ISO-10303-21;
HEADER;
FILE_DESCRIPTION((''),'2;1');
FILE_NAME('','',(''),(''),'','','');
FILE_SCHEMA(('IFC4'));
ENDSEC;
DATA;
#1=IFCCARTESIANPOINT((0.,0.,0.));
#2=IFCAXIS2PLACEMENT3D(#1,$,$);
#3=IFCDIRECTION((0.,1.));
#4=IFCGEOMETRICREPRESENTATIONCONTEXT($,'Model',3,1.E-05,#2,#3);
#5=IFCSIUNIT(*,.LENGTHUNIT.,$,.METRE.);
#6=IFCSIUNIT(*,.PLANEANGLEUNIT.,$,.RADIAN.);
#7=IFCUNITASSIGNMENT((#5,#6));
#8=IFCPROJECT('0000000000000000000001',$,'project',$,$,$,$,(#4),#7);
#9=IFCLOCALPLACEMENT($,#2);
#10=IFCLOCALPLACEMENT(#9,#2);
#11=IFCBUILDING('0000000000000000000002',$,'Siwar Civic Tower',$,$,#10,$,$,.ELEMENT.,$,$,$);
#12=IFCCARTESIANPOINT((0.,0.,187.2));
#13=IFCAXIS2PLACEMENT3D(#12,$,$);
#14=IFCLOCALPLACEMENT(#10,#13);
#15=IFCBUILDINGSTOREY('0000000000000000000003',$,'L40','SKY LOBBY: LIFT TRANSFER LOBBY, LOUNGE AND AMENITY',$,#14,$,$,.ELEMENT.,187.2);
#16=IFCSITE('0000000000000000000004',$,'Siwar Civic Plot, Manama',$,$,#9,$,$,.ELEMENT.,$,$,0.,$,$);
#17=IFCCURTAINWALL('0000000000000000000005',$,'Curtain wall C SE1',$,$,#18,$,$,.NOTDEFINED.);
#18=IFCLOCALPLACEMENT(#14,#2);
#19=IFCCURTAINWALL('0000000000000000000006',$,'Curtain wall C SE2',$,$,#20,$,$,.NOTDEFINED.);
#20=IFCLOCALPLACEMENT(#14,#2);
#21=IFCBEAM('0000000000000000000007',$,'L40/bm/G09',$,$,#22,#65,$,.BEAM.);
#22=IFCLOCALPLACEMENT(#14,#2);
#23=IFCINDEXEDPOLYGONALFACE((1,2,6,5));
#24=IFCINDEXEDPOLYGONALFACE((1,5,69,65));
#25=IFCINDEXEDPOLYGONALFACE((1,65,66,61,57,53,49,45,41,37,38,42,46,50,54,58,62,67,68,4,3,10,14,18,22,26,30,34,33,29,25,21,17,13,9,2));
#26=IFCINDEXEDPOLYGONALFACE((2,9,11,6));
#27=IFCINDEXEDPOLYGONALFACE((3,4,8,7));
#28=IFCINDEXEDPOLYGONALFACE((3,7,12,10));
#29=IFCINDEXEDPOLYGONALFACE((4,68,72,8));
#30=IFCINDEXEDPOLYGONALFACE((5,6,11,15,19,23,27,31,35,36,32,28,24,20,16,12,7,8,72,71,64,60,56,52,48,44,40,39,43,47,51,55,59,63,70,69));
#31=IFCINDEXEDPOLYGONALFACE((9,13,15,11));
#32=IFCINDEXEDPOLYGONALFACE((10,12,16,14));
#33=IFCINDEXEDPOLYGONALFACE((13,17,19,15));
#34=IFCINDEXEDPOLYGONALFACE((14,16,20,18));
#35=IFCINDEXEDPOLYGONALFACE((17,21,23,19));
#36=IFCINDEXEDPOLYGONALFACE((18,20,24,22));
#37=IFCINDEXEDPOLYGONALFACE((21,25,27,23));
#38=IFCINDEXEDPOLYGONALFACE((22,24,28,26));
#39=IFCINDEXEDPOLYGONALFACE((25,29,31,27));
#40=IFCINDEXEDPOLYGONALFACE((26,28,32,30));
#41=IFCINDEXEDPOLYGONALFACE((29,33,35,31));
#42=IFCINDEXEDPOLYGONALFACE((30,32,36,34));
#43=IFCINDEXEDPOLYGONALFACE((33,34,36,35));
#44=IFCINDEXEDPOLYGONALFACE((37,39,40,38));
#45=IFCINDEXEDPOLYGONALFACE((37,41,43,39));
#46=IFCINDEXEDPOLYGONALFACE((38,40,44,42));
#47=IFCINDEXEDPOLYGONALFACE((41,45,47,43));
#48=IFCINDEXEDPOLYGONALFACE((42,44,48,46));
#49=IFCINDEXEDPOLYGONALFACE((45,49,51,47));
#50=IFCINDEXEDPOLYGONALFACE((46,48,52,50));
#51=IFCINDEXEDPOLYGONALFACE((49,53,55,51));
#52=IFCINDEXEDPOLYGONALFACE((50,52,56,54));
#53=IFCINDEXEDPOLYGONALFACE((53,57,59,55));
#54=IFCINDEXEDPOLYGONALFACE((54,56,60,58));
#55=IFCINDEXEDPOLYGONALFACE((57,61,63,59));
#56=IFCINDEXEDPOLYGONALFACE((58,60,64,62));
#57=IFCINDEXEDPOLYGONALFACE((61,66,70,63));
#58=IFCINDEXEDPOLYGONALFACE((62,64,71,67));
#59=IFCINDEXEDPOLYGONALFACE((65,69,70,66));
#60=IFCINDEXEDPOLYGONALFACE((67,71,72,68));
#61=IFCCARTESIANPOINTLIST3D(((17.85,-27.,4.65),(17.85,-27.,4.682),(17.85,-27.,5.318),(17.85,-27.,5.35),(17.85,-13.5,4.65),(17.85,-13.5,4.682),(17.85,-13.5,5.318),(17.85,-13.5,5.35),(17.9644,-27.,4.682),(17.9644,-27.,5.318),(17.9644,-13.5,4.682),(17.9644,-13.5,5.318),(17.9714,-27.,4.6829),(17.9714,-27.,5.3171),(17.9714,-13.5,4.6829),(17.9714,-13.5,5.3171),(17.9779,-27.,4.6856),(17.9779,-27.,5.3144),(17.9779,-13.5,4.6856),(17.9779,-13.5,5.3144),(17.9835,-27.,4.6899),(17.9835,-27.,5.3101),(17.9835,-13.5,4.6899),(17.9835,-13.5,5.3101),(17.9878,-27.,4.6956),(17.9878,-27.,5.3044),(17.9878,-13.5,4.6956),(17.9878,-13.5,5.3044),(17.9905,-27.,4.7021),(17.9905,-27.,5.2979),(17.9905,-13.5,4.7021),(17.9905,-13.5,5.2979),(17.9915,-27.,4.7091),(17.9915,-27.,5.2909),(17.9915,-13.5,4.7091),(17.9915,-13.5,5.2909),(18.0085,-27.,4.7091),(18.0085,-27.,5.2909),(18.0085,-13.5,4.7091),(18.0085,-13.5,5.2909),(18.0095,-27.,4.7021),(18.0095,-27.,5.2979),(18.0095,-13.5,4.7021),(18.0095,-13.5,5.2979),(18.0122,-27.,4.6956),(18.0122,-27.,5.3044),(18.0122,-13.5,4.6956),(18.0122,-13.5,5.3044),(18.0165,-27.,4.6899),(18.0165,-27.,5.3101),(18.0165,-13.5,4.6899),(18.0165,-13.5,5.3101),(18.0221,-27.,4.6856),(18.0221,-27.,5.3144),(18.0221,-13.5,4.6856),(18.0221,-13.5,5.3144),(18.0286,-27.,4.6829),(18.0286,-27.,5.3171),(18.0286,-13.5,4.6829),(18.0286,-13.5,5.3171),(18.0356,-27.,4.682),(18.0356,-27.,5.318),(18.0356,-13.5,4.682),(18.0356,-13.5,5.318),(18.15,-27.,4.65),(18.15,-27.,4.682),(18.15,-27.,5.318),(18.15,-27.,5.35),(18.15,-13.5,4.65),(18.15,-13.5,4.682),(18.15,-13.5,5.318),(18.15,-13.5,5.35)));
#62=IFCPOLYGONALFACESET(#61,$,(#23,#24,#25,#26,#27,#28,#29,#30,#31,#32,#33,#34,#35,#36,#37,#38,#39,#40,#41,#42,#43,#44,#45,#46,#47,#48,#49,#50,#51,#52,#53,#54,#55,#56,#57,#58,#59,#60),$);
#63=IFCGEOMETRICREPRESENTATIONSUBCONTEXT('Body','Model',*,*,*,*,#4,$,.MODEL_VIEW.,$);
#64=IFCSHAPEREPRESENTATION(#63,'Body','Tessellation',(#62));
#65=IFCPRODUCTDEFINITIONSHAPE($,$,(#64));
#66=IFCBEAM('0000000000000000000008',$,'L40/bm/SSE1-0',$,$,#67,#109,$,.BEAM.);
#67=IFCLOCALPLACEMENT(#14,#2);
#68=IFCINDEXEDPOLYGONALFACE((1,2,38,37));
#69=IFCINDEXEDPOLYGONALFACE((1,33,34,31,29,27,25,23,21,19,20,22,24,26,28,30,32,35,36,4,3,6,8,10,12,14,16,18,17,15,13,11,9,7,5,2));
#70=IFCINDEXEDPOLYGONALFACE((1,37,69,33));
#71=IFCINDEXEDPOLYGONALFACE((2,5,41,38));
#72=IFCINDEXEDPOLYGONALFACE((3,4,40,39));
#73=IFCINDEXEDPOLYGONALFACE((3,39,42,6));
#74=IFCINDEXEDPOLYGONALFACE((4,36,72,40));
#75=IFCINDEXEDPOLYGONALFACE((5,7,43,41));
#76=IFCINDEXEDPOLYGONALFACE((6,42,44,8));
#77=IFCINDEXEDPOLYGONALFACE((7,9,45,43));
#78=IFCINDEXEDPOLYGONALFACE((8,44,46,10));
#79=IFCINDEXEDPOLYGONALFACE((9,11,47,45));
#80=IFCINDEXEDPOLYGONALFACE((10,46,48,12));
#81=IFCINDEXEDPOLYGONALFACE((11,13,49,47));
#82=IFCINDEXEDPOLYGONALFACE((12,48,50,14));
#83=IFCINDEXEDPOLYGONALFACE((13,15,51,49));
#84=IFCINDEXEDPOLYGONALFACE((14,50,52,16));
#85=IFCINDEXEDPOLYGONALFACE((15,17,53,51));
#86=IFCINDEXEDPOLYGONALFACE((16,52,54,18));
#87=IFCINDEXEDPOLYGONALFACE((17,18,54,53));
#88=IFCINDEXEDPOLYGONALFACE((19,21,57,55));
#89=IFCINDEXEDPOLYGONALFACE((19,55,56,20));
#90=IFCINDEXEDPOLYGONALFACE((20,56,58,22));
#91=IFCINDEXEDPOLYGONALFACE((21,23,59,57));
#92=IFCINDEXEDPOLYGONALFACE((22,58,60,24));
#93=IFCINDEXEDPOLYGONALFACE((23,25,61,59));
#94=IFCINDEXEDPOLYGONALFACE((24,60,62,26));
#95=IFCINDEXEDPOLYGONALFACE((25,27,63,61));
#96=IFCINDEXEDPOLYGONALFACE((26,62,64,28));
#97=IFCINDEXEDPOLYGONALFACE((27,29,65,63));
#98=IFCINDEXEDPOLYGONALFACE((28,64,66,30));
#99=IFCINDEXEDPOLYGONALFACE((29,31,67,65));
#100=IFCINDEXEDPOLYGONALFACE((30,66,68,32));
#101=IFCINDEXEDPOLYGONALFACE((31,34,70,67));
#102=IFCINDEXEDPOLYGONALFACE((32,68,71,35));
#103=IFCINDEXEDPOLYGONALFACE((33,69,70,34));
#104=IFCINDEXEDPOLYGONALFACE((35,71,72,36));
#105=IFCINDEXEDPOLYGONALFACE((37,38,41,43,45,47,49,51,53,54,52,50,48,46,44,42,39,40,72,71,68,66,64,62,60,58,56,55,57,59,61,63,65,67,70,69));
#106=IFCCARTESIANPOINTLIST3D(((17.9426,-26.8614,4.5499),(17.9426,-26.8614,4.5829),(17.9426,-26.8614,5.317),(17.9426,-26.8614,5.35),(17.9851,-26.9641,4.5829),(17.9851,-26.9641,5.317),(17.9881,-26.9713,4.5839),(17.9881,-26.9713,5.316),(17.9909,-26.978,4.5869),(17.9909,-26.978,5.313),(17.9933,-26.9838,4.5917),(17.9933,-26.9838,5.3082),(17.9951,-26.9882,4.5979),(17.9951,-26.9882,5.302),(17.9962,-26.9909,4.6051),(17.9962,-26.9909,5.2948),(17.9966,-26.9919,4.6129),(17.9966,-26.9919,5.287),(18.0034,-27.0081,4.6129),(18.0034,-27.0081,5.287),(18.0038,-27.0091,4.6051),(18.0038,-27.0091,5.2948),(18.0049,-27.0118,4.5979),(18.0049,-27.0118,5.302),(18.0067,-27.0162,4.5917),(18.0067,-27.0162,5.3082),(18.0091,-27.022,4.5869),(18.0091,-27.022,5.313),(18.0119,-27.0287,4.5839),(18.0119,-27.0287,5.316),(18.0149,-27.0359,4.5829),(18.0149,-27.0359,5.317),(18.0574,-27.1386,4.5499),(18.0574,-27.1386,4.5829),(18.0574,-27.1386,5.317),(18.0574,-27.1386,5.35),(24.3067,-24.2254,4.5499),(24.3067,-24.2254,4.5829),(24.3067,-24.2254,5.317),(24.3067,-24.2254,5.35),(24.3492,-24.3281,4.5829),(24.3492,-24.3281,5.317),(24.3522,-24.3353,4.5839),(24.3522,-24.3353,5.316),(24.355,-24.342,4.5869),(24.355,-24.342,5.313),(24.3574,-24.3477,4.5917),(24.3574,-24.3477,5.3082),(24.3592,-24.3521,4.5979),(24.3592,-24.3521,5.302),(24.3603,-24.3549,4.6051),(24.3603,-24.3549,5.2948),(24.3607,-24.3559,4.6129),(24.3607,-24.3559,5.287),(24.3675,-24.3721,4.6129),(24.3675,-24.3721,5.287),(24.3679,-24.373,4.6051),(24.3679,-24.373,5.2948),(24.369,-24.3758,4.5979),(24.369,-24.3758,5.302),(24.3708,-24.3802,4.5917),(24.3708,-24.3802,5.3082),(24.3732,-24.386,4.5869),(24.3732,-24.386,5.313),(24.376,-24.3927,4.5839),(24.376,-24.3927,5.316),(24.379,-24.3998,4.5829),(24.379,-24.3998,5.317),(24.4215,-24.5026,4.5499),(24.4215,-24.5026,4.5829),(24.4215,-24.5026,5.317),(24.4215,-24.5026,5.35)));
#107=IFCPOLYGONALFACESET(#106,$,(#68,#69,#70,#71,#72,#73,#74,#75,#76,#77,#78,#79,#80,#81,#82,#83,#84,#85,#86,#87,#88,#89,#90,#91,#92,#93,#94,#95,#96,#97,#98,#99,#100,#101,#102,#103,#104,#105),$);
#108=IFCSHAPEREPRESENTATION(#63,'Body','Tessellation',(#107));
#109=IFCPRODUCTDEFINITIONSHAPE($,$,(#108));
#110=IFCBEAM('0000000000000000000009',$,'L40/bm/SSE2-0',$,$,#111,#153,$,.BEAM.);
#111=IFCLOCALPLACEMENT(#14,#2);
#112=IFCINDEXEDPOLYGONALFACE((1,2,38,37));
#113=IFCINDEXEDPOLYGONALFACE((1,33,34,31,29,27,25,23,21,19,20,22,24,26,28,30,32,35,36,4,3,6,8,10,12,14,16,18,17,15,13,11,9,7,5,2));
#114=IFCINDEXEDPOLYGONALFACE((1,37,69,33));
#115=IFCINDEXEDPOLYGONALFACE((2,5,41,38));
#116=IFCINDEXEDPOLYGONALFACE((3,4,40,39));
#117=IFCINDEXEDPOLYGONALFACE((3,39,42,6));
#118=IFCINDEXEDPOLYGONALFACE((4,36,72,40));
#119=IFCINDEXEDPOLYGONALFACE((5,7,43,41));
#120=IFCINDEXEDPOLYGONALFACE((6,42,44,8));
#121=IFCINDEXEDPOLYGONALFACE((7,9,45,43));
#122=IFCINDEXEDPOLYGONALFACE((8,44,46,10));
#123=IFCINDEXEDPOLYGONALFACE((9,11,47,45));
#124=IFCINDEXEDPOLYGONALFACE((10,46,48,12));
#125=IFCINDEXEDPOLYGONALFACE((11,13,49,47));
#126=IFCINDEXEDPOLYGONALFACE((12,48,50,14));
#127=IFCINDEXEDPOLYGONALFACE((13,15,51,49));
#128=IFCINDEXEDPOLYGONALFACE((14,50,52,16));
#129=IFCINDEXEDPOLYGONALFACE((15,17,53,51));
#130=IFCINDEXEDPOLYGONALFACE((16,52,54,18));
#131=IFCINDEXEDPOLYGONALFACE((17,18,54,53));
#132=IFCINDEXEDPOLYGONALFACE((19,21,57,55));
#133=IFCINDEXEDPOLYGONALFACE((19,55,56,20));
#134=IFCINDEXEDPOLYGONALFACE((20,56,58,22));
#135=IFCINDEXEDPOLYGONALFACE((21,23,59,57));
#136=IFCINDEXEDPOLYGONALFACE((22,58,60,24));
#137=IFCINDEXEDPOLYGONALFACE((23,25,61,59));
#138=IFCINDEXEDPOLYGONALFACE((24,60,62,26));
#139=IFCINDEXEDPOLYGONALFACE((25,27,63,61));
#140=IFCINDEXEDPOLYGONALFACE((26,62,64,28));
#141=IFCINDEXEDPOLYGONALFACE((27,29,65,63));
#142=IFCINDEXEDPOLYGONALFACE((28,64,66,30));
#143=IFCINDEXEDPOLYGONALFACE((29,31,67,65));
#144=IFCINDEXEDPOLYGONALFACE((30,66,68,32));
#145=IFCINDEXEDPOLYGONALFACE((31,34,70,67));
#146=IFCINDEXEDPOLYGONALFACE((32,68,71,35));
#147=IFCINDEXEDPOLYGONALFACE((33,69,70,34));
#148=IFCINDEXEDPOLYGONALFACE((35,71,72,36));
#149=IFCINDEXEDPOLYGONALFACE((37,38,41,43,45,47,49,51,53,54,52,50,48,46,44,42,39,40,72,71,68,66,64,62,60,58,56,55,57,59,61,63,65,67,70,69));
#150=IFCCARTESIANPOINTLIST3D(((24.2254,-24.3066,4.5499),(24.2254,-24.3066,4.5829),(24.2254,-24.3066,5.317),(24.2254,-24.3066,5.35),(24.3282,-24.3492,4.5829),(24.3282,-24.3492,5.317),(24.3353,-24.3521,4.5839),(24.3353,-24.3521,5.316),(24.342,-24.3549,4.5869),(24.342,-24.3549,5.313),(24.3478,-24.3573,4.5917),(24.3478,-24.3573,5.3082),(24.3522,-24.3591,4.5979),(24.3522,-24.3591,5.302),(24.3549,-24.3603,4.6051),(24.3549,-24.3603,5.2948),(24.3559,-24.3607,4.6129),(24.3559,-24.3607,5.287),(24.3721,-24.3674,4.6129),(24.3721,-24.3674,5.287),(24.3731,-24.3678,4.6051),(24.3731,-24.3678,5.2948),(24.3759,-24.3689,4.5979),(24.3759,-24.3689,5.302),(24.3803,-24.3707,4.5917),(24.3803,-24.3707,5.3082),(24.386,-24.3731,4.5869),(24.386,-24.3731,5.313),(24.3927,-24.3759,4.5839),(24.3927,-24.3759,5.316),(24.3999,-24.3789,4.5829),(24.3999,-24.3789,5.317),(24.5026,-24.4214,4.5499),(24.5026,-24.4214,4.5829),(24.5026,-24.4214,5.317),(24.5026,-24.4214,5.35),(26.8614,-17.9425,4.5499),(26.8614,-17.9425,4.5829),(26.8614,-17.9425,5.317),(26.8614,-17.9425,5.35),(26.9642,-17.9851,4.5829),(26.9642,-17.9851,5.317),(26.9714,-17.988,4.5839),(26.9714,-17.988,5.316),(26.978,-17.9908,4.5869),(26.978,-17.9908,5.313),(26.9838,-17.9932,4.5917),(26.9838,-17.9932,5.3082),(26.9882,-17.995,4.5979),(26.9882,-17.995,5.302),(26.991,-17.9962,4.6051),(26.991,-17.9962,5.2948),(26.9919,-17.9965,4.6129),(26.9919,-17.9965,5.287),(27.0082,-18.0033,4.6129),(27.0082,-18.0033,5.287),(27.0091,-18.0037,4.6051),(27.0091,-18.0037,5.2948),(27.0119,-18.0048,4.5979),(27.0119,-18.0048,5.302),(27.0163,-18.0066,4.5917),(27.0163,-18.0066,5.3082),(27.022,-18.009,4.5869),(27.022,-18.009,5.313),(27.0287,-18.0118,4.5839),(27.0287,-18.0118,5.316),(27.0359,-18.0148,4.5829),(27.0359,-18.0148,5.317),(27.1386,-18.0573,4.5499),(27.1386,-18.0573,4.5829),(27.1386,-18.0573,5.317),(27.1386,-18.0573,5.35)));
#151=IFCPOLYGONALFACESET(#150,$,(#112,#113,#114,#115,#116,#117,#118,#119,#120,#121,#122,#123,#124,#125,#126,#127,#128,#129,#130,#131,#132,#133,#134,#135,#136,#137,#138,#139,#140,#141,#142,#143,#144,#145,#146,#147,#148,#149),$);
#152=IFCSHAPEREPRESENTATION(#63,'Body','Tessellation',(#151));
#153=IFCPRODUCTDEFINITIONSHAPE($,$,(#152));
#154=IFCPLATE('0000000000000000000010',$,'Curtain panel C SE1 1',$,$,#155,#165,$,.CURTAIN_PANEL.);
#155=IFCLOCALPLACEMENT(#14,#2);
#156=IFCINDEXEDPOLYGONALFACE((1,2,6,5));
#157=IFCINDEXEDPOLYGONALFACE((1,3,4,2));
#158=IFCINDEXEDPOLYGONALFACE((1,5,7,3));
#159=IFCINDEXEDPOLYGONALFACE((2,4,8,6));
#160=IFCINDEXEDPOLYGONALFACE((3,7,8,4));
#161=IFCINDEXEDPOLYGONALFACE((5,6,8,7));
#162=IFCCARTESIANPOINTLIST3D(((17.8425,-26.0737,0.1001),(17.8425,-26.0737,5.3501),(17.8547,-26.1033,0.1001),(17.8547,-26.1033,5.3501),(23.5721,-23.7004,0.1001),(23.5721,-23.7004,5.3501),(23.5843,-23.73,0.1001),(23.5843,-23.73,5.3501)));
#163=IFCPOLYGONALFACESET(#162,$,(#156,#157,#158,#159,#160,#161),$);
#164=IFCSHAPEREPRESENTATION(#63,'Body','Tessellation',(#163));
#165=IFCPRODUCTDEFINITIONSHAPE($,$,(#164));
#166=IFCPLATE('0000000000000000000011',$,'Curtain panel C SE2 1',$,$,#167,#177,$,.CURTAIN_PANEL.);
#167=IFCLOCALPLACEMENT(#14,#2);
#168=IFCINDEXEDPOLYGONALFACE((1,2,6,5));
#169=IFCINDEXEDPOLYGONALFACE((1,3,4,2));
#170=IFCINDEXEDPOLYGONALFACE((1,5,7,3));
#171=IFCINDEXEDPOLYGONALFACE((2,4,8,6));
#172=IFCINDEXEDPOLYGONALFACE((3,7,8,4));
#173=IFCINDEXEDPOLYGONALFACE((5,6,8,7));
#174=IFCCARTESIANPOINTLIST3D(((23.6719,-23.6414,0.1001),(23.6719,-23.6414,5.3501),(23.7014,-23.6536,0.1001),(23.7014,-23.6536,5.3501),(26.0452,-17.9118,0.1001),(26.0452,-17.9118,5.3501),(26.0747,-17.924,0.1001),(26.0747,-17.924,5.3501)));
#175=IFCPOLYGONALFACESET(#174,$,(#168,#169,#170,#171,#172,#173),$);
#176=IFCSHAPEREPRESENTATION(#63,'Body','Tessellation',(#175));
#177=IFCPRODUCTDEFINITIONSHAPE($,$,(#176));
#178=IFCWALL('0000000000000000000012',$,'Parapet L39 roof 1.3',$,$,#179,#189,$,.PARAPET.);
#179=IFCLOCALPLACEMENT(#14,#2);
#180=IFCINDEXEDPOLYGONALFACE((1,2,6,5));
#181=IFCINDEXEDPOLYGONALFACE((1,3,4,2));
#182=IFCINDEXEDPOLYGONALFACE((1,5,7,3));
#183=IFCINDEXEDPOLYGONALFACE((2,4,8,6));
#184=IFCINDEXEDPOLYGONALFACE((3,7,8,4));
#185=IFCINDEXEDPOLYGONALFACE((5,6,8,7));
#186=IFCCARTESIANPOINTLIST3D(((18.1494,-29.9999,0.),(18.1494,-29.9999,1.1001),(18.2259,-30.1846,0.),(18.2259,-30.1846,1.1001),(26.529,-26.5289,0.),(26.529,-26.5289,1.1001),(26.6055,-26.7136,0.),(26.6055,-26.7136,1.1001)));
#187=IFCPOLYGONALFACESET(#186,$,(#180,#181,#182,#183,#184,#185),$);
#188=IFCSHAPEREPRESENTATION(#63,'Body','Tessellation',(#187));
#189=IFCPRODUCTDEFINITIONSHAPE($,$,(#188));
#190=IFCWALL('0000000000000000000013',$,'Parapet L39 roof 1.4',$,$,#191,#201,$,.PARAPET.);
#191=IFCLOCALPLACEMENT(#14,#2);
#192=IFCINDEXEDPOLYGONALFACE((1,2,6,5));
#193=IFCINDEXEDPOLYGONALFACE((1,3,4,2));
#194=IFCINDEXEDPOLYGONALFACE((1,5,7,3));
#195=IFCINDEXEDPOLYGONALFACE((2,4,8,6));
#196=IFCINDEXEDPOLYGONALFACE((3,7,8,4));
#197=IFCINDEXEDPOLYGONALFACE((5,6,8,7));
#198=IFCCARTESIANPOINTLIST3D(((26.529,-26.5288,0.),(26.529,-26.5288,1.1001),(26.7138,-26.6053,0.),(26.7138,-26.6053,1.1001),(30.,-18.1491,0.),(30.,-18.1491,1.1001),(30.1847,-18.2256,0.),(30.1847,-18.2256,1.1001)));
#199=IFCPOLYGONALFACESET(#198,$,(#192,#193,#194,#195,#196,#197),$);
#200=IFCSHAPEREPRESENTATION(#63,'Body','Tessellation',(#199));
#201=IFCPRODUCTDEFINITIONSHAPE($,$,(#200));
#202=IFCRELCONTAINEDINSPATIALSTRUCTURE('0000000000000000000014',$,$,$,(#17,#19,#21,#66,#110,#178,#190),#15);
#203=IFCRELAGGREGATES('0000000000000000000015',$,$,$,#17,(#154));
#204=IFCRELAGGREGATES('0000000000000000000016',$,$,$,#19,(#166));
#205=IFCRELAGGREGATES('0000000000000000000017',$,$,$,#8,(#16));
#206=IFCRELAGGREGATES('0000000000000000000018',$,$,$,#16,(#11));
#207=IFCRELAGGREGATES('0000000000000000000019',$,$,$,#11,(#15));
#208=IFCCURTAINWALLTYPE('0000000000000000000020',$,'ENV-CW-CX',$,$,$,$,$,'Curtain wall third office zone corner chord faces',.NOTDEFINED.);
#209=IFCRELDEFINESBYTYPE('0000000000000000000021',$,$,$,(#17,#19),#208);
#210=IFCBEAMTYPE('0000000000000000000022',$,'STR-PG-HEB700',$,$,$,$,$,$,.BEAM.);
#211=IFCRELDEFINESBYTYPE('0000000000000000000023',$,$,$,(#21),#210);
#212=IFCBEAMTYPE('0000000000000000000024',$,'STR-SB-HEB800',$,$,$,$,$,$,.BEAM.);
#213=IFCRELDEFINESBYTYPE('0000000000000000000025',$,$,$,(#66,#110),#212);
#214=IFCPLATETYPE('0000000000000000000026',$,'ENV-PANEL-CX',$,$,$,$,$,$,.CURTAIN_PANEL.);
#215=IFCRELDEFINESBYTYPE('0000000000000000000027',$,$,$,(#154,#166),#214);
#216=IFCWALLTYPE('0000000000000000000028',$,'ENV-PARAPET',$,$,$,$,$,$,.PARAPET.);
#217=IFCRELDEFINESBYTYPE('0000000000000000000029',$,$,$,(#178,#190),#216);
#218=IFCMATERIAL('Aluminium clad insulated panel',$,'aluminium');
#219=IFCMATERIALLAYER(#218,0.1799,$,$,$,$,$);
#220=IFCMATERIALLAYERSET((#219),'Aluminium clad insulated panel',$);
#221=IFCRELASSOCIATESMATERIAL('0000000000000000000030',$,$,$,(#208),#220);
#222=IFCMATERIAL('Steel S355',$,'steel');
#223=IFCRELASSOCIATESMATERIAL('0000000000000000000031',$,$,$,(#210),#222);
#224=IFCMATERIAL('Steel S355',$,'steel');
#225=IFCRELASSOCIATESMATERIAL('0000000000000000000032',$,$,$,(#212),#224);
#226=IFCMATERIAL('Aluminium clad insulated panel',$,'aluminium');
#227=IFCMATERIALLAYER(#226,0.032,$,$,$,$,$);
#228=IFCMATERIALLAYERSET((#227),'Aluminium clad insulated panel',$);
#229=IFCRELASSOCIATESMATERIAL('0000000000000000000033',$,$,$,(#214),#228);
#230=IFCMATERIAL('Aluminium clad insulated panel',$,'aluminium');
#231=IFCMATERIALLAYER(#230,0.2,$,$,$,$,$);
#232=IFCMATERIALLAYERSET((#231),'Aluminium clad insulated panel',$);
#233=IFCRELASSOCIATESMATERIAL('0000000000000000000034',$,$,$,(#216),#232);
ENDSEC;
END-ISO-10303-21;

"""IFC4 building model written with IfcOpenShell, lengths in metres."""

from ifc_helpers import new_model, si_unit, direction, frame, frame_2d, origin, origin_2d, place, context, subcontext, project, spatial, rectangle, i_section, extrude, material, layer, layer_set, material_profile, profile_set, type_object, element, aggregate, save


model = new_model("IFC4")

# Units and contexts
model_context = context("Model", 3, precision=1e-05, world=origin(), true_north=direction((0.0, 1.0)))
body_context = subcontext(model_context, "Body", "Model", "MODEL_VIEW")
ifc_project = project(units=[si_unit("LENGTHUNIT", "METRE"), si_unit("PLANEANGLEUNIT", "RADIAN")], contexts=[model_context])

# Site, building, storey
site_placement = place(None, origin())
site = spatial("IfcSite", under=ifc_project, at=site_placement, Name="Siwar Civic Plot, Manama", CompositionType="ELEMENT", RefElevation=0.0)
building_placement = place(site_placement, origin())
building = spatial("IfcBuilding", under=site, at=building_placement, Name="Siwar Civic Tower", CompositionType="ELEMENT")
storey_placement = place(building_placement, frame((0.0, 0.0, 187.2)))
storey = spatial("IfcBuildingStorey", under=building, at=storey_placement, Name="L40", Description="SKY LOBBY: LIFT TRANSFER LOBBY, LOUNGE AND AMENITY", CompositionType="ELEMENT", Elevation=187.2)

# Curtain walls
ifc_material_1 = material(Name="Aluminium clad insulated panel", Category="aluminium")
ifc_layer_1 = layer(ifc_material_1, 0.1799)
ifc_layer_set_1 = layer_set([ifc_layer_1], Name="Aluminium clad insulated panel")
curtain_wall_type = type_object("IfcCurtainWallType", Name="ENV-CW-CX", ElementType="Curtain wall third office zone corner chord faces", PredefinedType="NOTDEFINED", material=ifc_layer_set_1)
curtain_wall_1_placement = place(storey_placement, origin())
curtain_wall_1 = element("IfcCurtainWall", 1, at=curtain_wall_1_placement, inside=storey, type_object=curtain_wall_type, Name="Curtain wall C SE1", PredefinedType="NOTDEFINED")
curtain_wall_2_placement = place(storey_placement, origin())
curtain_wall_2 = element("IfcCurtainWall", 2, at=curtain_wall_2_placement, inside=storey, type_object=curtain_wall_type, Name="Curtain wall C SE2", PredefinedType="NOTDEFINED")

# Beams
ifc_material_2 = material(Name="Steel S355", Category="steel")
ifc_material_profile_1 = material_profile(ifc_material_2, i_section(OverallWidth=0.3, OverallDepth=0.7, WebThickness=0.0171, FlangeThickness=0.032, FilletRadius=0.0271, at=origin_2d()), Name="HEB700")
ifc_profile_set_1 = profile_set([ifc_material_profile_1], Name="Steel S355")
beam_type_1 = type_object("IfcBeamType", Name="STR-PG-HEB700", PredefinedType="BEAM", material=ifc_profile_set_1)
beam_1_placement = place(storey_placement, frame((18.0, -27.0, 5.0), z_axis=(0.0, 1.0, 0.0), x_axis=(-1.0, 0.0, 0.0)))
element("IfcBeam", 3, at=beam_1_placement, inside=storey, type_object=beam_type_1, Name="L40/bm/G09", PredefinedType="BEAM", context=body_context, shape_type="SweptSolid", body=[
    extrude(i_section(OverallWidth=0.3, OverallDepth=0.7, WebThickness=0.0171, FlangeThickness=0.032, FilletRadius=0.0271, at=origin_2d()), origin(), (0.0, 0.0, 1.0), 13.5),
])
ifc_material_3 = material(Name="Steel S355", Category="steel")
ifc_material_profile_2 = material_profile(ifc_material_3, i_section(OverallWidth=0.3, OverallDepth=0.8, WebThickness=0.0176, FlangeThickness=0.033, FilletRadius=0.03, at=origin_2d()), Name="HEB800")
ifc_profile_set_2 = profile_set([ifc_material_profile_2], Name="Steel S355")
beam_type_2 = type_object("IfcBeamType", Name="STR-SB-HEB800", PredefinedType="BEAM", material=ifc_profile_set_2)
for number, where, z_axis, x_axis, name in (
    (4, (18.0, -27.0, 4.95), (0.923883, 0.382674, 0.0), (-0.382674, 0.923883, 0.0), "L40/bm/SSE1-0"),
    (5, (24.364, -24.364, 4.95), (0.382674, 0.923883, 0.0), (-0.923883, 0.382674, 0.0), "L40/bm/SSE2-0"),
):
    element("IfcBeam", number, at=place(storey_placement, frame(where, z_axis=z_axis, x_axis=x_axis)), inside=storey, type_object=beam_type_2, Name=name, PredefinedType="BEAM", context=body_context, shape_type="SweptSolid", body=[
        extrude(i_section(OverallWidth=0.3, OverallDepth=0.8, WebThickness=0.0176, FlangeThickness=0.033, FilletRadius=0.03, at=origin_2d()), origin(), (0.0, 0.0, 1.0), 6.8884),
    ])

# Plates
ifc_material_4 = material(Name="Aluminium clad insulated panel", Category="aluminium")
ifc_layer_2 = layer(ifc_material_4, 0.032)
ifc_layer_set_2 = layer_set([ifc_layer_2], Name="Aluminium clad insulated panel")
plate_type = type_object("IfcPlateType", Name="ENV-PANEL-CX", PredefinedType="CURTAIN_PANEL", material=ifc_layer_set_2)
plate_1_placement = place(storey_placement, frame((20.7134, -24.9019, 0.1001), z_axis=(0.0, 0.0, 1.0), x_axis=(0.92388, 0.382683, 0.0)))
plate_1 = element("IfcPlate", 6, at=plate_1_placement, type_object=plate_type, Name="Curtain panel C SE1 1", PredefinedType="CURTAIN_PANEL", context=body_context, shape_type="SweptSolid", body=[
    extrude(rectangle(XDim=6.2017, YDim=0.032, at=origin_2d()), origin(), (0.0, 0.0, 1.0), 5.25),
])
aggregate(curtain_wall_1, [plate_1])
plate_2_placement = place(storey_placement, frame((24.8733, -20.7827, 0.1001), z_axis=(0.0, 0.0, 1.0), x_axis=(0.382683, 0.92388, 0.0)))
plate_2 = element("IfcPlate", 7, at=plate_2_placement, type_object=plate_type, Name="Curtain panel C SE2 1", PredefinedType="CURTAIN_PANEL", context=body_context, shape_type="SweptSolid", body=[
    extrude(rectangle(XDim=6.2017, YDim=0.032, at=origin_2d()), origin(), (0.0, 0.0, 1.0), 5.25),
])
aggregate(curtain_wall_2, [plate_2])

# Walls
ifc_material_5 = material(Name="Aluminium clad insulated panel", Category="aluminium")
ifc_layer_3 = layer(ifc_material_5, 0.2)
ifc_layer_set_3 = layer_set([ifc_layer_3], Name="Aluminium clad insulated panel")
wall_type = type_object("IfcWallType", Name="ENV-PARAPET", PredefinedType="PARAPET", material=ifc_layer_set_3)
for number, where, z_axis, x_axis, name in (
    (8, (18.1875, -30.0923, 0.0), (0.0, 0.0, 1.0), (0.92388, 0.382682, 0.0), "Parapet L39 roof 1.3"),
    (9, (26.6213, -26.5671, 0.0), (0.0, 0.0, 1.0), (0.382682, 0.92388, 0.0), "Parapet L39 roof 1.4"),
):
    element("IfcWall", number, at=place(storey_placement, frame(where, z_axis=z_axis, x_axis=x_axis)), inside=storey, type_object=wall_type, Name=name, PredefinedType="PARAPET", context=body_context, shape_type="SweptSolid", body=[
        extrude(rectangle(XDim=9.0701, YDim=0.2, at=frame_2d((4.5352, 0.0))), origin(), (0.0, 0.0, 1.0), 1.1001),
    ])

save(model, "model.ifc")
